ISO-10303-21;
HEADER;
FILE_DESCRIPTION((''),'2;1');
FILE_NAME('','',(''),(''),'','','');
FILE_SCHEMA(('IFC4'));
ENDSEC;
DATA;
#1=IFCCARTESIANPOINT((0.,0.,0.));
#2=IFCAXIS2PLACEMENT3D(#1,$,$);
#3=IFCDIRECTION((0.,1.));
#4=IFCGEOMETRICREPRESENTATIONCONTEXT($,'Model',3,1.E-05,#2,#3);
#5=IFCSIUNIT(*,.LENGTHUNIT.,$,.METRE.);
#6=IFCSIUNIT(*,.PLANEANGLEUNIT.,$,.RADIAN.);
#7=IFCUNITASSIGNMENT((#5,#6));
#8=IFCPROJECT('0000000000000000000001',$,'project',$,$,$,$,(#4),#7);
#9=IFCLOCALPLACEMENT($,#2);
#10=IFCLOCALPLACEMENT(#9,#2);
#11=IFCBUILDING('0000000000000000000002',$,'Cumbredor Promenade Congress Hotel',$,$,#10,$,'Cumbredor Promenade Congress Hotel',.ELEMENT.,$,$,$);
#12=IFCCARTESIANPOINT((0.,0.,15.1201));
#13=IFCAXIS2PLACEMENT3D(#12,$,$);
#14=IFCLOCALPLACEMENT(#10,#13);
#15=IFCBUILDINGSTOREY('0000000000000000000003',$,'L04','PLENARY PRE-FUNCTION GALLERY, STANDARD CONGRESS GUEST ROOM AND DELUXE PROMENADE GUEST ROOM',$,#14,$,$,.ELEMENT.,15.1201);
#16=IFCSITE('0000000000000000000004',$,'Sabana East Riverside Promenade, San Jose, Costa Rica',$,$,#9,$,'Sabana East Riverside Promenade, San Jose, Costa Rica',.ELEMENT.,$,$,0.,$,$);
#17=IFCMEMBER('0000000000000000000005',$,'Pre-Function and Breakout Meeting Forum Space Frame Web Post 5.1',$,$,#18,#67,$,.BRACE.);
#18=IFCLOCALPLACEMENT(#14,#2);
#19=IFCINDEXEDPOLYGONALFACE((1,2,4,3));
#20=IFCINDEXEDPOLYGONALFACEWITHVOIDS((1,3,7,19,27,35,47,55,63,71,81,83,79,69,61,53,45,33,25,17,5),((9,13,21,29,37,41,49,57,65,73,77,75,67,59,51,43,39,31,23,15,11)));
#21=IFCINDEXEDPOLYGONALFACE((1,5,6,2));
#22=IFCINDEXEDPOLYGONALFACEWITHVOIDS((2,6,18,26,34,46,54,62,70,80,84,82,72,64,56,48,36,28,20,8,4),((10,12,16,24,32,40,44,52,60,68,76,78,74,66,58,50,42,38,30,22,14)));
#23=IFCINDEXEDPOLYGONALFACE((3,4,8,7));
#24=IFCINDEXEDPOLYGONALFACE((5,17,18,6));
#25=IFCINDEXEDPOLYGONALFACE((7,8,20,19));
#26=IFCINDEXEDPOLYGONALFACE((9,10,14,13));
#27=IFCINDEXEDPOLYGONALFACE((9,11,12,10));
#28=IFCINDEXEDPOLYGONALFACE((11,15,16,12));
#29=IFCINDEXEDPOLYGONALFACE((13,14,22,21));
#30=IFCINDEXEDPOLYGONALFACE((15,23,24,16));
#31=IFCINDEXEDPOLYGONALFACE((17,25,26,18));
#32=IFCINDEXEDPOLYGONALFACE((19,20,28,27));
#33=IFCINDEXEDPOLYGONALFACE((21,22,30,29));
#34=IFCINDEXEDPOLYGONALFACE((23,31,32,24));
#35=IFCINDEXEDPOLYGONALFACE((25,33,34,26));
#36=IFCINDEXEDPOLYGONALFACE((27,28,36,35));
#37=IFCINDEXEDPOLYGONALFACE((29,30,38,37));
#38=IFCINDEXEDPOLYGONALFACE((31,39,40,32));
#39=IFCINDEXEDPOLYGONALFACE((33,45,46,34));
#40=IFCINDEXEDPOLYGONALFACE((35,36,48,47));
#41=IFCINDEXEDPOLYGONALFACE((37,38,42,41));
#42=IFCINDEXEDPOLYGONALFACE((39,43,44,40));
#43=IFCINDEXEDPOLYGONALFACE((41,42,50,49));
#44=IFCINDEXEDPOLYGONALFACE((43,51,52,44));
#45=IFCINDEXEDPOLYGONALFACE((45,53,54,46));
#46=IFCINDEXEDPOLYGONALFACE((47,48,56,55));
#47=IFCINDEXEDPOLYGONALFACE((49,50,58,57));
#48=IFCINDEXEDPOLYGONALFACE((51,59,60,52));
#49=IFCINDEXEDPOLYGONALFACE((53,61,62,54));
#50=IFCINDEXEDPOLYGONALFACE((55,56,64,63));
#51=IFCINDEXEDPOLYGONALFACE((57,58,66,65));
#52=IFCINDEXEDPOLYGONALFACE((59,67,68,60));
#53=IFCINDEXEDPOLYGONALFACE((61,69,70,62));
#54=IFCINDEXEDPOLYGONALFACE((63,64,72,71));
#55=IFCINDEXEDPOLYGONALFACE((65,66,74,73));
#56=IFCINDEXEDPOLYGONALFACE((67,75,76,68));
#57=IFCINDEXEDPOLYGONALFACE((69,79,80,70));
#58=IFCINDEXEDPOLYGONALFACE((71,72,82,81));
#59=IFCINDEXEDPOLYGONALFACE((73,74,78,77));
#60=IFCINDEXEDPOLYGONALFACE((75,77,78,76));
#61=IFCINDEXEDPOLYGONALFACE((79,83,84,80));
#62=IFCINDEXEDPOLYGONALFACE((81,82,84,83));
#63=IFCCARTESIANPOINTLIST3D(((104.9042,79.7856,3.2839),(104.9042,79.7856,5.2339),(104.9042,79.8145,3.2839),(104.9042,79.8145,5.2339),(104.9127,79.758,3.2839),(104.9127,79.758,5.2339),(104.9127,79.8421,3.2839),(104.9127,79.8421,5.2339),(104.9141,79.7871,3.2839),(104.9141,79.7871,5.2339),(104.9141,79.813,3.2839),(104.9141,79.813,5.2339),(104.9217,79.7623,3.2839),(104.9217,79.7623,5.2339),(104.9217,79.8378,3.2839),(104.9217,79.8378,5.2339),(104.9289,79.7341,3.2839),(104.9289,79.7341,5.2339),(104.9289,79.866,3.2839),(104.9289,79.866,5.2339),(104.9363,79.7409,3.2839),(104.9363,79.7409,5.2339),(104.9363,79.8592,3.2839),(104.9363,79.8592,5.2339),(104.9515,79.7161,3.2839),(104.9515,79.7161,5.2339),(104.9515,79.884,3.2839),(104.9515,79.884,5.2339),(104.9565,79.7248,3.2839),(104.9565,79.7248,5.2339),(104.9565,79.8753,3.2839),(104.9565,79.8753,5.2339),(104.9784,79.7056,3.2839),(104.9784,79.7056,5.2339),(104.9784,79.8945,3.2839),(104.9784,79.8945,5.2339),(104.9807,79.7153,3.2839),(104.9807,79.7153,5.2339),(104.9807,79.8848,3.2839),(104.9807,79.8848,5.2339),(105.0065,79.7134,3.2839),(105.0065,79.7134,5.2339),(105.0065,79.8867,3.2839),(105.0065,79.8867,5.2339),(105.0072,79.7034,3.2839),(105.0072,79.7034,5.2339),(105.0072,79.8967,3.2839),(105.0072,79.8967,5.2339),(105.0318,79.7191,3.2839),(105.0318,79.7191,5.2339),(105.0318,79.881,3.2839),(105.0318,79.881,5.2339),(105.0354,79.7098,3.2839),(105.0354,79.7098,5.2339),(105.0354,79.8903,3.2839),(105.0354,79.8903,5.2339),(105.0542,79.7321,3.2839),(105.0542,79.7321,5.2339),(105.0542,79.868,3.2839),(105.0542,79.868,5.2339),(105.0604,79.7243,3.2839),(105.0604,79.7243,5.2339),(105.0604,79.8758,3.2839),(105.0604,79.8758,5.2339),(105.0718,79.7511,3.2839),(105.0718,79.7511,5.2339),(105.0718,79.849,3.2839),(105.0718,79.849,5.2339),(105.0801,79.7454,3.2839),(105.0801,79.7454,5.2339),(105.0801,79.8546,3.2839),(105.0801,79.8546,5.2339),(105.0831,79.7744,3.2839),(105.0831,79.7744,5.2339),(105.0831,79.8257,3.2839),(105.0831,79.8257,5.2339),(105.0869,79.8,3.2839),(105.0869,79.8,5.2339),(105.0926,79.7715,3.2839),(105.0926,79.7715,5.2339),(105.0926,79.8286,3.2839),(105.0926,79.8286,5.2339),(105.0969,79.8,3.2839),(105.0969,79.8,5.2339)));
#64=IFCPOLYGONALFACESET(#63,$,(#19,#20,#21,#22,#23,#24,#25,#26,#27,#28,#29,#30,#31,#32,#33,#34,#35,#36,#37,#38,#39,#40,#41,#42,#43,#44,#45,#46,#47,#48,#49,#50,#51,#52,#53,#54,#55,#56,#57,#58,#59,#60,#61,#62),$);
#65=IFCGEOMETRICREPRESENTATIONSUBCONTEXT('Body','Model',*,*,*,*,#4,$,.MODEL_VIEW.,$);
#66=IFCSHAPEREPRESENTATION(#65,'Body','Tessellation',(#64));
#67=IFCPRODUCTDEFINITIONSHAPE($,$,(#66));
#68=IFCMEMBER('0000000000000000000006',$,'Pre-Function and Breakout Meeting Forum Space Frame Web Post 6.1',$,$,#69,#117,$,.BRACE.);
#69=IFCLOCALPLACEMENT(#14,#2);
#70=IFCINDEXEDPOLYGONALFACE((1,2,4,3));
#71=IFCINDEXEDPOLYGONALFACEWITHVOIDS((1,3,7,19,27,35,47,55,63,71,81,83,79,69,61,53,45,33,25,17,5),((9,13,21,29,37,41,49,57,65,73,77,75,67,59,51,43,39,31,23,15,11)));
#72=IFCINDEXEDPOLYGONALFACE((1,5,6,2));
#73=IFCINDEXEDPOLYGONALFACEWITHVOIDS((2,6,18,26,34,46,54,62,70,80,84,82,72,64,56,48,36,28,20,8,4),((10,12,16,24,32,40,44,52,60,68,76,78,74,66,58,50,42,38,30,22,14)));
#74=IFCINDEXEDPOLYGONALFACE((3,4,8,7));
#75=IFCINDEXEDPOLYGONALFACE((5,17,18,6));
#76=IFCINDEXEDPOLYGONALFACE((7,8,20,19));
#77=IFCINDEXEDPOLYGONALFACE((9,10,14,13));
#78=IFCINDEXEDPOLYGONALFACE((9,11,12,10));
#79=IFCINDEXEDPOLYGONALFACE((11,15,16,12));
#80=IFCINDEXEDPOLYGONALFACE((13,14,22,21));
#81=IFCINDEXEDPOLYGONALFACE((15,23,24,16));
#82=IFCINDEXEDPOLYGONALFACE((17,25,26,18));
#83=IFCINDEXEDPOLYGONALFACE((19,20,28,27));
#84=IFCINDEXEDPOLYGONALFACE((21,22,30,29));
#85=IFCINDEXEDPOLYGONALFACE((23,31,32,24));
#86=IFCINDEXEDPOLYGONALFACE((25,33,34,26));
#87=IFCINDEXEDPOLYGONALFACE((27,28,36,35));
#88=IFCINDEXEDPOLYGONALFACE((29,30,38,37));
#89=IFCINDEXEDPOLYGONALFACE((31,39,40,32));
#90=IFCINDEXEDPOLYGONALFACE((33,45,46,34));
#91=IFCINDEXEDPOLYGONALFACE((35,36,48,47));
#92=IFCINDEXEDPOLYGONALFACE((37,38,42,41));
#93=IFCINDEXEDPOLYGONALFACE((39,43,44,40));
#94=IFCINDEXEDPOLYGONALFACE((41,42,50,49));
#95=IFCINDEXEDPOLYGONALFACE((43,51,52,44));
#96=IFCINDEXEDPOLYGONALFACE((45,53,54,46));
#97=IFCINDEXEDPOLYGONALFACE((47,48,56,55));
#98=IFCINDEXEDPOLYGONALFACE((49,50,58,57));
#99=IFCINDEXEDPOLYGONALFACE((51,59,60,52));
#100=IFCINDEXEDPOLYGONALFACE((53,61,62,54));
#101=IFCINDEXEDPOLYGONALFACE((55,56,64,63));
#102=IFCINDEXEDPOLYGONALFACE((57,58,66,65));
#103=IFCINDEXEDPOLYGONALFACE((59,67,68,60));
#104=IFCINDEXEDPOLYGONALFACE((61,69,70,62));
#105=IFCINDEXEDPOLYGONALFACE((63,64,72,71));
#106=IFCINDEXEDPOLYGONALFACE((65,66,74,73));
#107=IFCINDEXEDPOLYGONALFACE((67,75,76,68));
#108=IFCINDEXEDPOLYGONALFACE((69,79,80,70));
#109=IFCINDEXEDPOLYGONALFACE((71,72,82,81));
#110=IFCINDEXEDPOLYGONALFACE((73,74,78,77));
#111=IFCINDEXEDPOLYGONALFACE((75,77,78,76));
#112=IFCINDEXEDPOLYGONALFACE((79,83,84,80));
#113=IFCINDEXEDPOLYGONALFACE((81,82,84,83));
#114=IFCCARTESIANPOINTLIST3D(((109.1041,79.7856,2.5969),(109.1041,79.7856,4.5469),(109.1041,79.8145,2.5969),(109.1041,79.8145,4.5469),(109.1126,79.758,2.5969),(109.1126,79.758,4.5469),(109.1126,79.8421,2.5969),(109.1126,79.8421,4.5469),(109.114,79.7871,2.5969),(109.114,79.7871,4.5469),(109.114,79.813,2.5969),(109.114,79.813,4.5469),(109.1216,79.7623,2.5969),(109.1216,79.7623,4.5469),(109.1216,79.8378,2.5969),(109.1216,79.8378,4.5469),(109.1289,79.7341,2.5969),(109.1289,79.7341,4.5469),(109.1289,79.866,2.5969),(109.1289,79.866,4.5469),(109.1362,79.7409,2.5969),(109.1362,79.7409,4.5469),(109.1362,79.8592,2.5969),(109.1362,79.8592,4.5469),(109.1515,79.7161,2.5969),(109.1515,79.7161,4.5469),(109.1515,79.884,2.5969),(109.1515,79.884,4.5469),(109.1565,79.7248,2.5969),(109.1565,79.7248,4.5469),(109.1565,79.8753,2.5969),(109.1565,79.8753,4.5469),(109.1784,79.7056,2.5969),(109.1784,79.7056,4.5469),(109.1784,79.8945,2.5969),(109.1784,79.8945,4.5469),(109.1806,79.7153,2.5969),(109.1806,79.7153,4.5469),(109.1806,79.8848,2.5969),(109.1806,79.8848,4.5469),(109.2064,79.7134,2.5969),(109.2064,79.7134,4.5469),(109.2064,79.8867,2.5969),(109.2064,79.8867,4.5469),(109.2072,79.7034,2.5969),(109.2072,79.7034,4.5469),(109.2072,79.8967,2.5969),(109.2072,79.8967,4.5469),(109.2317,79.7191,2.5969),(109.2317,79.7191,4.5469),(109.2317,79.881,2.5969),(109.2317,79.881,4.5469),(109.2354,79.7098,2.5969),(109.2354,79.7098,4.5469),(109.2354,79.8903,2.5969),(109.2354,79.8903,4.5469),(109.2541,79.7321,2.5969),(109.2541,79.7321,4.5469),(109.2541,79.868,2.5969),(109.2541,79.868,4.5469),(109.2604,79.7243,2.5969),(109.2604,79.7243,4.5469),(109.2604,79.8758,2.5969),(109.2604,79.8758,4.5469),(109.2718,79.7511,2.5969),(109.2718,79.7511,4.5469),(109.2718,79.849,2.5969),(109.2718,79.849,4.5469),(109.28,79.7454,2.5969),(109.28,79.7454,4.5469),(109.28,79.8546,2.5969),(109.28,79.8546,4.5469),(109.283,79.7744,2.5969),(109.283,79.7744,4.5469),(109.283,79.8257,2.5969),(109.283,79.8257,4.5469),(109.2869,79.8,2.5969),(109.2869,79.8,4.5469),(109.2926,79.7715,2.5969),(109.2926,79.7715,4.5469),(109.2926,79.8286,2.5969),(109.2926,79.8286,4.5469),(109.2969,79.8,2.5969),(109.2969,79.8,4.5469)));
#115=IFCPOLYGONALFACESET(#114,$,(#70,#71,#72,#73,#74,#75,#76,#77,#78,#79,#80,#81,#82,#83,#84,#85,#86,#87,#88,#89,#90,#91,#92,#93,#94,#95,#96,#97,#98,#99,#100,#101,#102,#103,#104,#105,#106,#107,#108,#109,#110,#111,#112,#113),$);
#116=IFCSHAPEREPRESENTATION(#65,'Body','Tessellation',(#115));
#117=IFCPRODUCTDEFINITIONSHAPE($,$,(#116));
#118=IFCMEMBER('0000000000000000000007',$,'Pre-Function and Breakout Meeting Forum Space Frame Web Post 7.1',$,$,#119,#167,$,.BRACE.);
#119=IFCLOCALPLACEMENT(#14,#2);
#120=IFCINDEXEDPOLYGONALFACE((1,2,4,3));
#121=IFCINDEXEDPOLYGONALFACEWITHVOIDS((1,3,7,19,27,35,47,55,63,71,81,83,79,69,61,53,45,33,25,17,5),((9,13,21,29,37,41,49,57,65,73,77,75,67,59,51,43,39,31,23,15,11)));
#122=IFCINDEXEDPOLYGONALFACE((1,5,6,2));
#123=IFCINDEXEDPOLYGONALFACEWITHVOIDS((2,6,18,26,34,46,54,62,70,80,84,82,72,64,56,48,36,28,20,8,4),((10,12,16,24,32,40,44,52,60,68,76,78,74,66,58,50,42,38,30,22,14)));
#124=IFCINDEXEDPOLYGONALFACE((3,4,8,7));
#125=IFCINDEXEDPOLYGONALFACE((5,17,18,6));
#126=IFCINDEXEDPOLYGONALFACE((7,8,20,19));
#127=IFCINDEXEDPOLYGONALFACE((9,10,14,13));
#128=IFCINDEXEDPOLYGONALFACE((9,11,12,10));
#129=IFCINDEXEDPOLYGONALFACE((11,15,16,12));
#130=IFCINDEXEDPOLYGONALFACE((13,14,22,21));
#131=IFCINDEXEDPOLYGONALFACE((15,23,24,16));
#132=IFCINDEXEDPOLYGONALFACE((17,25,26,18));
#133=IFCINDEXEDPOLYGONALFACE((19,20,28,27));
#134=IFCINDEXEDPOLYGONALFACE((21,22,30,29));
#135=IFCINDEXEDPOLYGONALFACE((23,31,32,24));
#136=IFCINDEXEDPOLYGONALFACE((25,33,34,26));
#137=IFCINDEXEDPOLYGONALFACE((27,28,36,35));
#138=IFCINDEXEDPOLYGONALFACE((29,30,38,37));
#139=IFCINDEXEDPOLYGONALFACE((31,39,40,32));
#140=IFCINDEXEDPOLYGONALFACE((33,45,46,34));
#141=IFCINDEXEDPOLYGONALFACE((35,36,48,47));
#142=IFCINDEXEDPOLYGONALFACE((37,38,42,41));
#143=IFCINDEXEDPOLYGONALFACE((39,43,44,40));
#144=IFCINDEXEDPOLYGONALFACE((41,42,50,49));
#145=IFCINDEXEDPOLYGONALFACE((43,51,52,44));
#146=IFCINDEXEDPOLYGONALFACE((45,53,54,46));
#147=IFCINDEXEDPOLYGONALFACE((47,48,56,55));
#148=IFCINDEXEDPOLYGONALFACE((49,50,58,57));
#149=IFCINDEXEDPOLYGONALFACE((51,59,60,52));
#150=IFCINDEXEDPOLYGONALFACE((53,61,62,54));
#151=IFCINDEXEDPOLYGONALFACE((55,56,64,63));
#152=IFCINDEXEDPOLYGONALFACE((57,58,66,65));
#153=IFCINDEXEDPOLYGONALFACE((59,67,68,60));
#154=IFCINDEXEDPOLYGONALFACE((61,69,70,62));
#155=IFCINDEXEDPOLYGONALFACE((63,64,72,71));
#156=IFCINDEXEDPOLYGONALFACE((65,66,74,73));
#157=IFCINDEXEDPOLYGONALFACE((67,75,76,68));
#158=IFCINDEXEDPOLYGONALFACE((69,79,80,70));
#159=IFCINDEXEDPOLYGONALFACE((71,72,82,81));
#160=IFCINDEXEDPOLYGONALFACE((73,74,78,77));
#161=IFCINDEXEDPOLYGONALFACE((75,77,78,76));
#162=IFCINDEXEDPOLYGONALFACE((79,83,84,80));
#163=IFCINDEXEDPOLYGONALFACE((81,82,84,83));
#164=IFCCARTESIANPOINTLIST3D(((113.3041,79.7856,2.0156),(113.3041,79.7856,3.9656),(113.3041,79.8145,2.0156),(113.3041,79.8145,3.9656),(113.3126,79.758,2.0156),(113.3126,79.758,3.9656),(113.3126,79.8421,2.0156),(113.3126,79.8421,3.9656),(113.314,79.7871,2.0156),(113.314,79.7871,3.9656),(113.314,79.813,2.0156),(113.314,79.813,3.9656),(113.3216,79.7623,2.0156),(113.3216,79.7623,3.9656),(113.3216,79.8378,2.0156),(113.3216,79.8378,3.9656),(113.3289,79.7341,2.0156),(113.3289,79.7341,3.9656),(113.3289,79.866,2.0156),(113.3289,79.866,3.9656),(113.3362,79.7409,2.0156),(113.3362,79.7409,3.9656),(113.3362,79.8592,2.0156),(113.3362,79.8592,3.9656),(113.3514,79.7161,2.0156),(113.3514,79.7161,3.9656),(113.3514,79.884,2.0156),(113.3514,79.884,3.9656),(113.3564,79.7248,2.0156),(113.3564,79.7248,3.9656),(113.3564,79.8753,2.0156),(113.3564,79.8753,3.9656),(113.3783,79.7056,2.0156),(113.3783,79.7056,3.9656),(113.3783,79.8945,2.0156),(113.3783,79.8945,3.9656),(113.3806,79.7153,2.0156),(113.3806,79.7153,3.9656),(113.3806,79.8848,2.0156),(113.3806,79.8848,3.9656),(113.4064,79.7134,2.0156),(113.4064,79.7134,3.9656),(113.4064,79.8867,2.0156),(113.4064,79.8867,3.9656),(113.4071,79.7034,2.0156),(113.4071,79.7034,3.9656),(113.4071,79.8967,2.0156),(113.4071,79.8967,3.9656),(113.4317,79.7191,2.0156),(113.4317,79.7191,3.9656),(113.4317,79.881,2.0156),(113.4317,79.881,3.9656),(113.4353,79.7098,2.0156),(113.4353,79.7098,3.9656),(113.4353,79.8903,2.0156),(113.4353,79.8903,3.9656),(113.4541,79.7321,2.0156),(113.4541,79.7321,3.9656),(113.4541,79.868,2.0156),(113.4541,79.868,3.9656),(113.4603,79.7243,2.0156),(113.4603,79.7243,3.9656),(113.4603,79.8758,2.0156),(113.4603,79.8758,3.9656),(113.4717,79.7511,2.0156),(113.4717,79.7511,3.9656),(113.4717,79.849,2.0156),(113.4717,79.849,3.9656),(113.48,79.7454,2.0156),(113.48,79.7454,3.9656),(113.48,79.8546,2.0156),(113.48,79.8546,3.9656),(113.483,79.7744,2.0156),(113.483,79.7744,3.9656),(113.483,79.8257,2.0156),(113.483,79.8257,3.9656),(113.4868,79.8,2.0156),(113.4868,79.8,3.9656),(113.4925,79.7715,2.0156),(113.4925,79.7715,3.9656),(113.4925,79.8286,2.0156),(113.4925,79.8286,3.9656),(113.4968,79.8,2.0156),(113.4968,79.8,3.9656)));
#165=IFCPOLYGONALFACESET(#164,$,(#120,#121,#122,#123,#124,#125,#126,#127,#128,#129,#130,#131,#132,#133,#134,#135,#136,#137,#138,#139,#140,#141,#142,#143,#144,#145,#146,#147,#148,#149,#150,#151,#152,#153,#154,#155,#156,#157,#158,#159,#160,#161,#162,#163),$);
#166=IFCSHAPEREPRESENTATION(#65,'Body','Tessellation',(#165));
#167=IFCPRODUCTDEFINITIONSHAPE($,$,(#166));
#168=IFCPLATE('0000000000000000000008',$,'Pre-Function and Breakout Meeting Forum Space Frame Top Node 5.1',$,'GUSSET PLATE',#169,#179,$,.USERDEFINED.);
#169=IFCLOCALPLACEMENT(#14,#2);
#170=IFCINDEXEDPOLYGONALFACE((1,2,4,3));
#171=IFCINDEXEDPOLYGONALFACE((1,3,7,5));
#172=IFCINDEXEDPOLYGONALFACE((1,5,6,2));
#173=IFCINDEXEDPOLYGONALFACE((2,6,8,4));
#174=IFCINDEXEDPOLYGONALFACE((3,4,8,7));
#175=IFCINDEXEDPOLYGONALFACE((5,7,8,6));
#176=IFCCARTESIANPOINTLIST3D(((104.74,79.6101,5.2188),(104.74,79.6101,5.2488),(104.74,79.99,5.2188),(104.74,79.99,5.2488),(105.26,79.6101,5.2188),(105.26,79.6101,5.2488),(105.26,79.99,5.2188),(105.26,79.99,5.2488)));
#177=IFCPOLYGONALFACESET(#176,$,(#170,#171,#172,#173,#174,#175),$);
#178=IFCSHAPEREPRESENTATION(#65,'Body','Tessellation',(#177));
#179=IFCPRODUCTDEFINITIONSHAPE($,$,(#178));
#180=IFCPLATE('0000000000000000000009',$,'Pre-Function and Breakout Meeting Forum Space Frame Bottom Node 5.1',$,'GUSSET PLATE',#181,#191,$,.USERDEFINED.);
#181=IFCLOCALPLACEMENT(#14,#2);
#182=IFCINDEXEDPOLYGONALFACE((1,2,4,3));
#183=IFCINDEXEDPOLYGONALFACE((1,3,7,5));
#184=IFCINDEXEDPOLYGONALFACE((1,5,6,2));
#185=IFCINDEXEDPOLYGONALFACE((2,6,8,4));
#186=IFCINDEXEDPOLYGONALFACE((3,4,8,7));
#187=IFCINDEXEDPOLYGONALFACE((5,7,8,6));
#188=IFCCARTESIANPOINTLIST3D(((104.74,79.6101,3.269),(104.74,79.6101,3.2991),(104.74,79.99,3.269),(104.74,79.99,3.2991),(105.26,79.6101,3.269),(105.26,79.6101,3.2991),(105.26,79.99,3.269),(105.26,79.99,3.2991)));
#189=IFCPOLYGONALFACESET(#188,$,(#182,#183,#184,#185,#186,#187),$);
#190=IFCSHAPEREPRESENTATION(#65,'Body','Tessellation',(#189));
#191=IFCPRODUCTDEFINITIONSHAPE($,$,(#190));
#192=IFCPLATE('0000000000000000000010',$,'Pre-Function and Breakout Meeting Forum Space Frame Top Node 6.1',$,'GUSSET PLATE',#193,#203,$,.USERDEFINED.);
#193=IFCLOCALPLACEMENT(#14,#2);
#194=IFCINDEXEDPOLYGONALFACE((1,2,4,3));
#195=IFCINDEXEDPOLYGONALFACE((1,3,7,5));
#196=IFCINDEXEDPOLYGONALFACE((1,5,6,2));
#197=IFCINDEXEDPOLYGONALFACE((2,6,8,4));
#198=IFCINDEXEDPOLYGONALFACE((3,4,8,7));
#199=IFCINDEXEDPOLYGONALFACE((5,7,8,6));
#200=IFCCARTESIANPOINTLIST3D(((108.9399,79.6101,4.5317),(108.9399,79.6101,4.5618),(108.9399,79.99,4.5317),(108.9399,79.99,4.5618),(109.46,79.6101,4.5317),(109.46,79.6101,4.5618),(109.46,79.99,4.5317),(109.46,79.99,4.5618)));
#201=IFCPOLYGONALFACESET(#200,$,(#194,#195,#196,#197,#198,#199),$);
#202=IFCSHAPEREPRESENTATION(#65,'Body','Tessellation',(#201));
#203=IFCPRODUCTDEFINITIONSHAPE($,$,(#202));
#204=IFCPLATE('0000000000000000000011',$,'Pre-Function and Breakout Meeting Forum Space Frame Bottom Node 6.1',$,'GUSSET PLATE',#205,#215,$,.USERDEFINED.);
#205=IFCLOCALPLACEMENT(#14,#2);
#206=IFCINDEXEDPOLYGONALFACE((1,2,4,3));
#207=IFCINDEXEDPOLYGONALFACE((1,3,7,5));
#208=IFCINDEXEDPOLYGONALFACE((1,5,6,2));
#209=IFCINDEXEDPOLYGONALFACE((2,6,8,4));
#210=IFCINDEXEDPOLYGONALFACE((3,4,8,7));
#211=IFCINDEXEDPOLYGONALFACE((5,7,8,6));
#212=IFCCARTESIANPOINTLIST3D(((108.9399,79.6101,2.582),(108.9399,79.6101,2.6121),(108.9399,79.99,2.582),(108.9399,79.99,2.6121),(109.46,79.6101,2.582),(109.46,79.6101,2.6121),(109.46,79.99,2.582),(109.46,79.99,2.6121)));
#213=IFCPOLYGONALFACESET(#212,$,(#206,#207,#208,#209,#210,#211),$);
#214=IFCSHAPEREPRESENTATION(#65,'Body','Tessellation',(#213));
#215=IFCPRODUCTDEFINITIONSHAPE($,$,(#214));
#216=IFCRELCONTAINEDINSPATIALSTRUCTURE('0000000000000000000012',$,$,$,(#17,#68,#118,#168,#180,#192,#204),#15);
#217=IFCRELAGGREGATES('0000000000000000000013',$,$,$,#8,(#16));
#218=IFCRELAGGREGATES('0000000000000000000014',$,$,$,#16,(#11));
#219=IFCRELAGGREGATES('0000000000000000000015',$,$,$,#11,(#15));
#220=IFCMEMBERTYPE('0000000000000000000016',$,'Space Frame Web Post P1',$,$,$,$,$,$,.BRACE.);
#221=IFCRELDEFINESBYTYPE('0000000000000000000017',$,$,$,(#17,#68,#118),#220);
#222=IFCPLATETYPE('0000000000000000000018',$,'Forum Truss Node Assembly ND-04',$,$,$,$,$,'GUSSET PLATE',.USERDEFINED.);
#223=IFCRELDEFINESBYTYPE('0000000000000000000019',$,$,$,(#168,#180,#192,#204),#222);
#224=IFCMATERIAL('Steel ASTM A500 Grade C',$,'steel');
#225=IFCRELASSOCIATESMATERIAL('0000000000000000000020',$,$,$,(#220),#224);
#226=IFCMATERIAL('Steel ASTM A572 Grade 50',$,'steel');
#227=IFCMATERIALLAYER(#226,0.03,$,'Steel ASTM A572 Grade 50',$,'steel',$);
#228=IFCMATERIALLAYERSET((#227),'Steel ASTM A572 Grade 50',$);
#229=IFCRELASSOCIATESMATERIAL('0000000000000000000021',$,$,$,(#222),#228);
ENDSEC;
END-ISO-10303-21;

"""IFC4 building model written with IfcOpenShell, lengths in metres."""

from ifc_helpers import new_model, si_unit, direction, frame, origin, origin_2d, place, context, subcontext, project, spatial, rectangle, hollow_circle, extrude, material, layer, layer_set, material_profile, profile_set, type_object, element, save


model = new_model("IFC4")

# Units and contexts
model_context = context("Model", 3, precision=1e-05, world=origin(), true_north=direction((0.0, 1.0)))
body_context = subcontext(model_context, "Body", "Model", "MODEL_VIEW")
ifc_project = project(units=[si_unit("LENGTHUNIT", "METRE"), si_unit("PLANEANGLEUNIT", "RADIAN")], contexts=[model_context])

# Site, building, storey
site_placement = place(None, origin())
site = spatial("IfcSite", under=ifc_project, at=site_placement, Name="Sabana East Riverside Promenade, San Jose, Costa Rica", LongName="Sabana East Riverside Promenade, San Jose, Costa Rica", CompositionType="ELEMENT", RefElevation=0.0)
building_placement = place(site_placement, origin())
building = spatial("IfcBuilding", under=site, at=building_placement, Name="Cumbredor Promenade Congress Hotel", LongName="Cumbredor Promenade Congress Hotel", CompositionType="ELEMENT")
storey_placement = place(building_placement, frame((0.0, 0.0, 15.1201)))
storey = spatial("IfcBuildingStorey", under=building, at=storey_placement, Name="L04", Description="PLENARY PRE-FUNCTION GALLERY, STANDARD CONGRESS GUEST ROOM AND DELUXE PROMENADE GUEST ROOM", CompositionType="ELEMENT", Elevation=15.1201)

# Members
ifc_material_1 = material(Name="Steel ASTM A500 Grade C", Category="steel")
ifc_material_profile_1 = material_profile(ifc_material_1, hollow_circle(Radius=0.0969, WallThickness=0.01, at=origin_2d()), Name="CHS 193.7x10")
ifc_profile_set_1 = profile_set([ifc_material_profile_1], Name="Steel ASTM A500 Grade C")
member_type_1 = type_object("IfcMemberType", Name="Space Frame Web Post P1", PredefinedType="BRACE", material=ifc_profile_set_1)
for number, where, z_axis, x_axis, name in (
    (1, (105.0, 79.8, 3.2839), (0.0, 0.0, 1.0), (1.0, 0.0, 0.0), "Pre-Function and Breakout Meeting Forum Space Frame Web Post 5.1"),
    (2, (109.2, 79.8, 2.5969), (0.0, 0.0, 1.0), (1.0, 0.0, 0.0), "Pre-Function and Breakout Meeting Forum Space Frame Web Post 6.1"),
    (3, (113.3999, 79.8, 2.0156), (0.0, 0.0, 1.0), (1.0, 0.0, 0.0), "Pre-Function and Breakout Meeting Forum Space Frame Web Post 7.1"),
):
    element("IfcMember", number, at=place(storey_placement, frame(where, z_axis=z_axis, x_axis=x_axis)), inside=storey, type_object=member_type_1, Name=name, PredefinedType="BRACE", context=body_context, shape_type="SweptSolid", body=[
        extrude(hollow_circle(Radius=0.0969, WallThickness=0.01, at=origin_2d()), origin(), (0.0, 0.0, 1.0), 1.95),
    ])

# Plates
ifc_material_2 = material(Name="Steel ASTM A572 Grade 50", Category="steel")
ifc_layer = layer(ifc_material_2, 0.03, Name="Steel ASTM A572 Grade 50", Category="steel")
ifc_layer_set = layer_set([ifc_layer], Name="Steel ASTM A572 Grade 50")
plate_type = type_object("IfcPlateType", Name="Forum Truss Node Assembly ND-04", ElementType="GUSSET PLATE", PredefinedType="USERDEFINED", material=ifc_layer_set)
for number, where, z_axis, x_axis, name in (
    (4, (105.0, 79.8, 5.2188), (0.0, 0.0, 1.0), (1.0, 0.0, 0.0), "Pre-Function and Breakout Meeting Forum Space Frame Top Node 5.1"),
    (5, (105.0, 79.8, 3.269), (0.0, 0.0, 1.0), (1.0, 0.0, 0.0), "Pre-Function and Breakout Meeting Forum Space Frame Bottom Node 5.1"),
    (6, (109.2, 79.8, 4.5317), (0.0, 0.0, 1.0), (1.0, 0.0, 0.0), "Pre-Function and Breakout Meeting Forum Space Frame Top Node 6.1"),
    (7, (109.2, 79.8, 2.582), (0.0, 0.0, 1.0), (1.0, 0.0, 0.0), "Pre-Function and Breakout Meeting Forum Space Frame Bottom Node 6.1"),
):
    element("IfcPlate", number, at=place(storey_placement, frame(where, z_axis=z_axis, x_axis=x_axis)), inside=storey, type_object=plate_type, Name=name, ObjectType="GUSSET PLATE", PredefinedType="USERDEFINED", context=body_context, shape_type="SweptSolid", body=[
        extrude(rectangle(XDim=0.52, YDim=0.3799, at=origin_2d()), origin(), (0.0, 0.0, 1.0), 0.03),
    ])

save(model, "model.ifc")
